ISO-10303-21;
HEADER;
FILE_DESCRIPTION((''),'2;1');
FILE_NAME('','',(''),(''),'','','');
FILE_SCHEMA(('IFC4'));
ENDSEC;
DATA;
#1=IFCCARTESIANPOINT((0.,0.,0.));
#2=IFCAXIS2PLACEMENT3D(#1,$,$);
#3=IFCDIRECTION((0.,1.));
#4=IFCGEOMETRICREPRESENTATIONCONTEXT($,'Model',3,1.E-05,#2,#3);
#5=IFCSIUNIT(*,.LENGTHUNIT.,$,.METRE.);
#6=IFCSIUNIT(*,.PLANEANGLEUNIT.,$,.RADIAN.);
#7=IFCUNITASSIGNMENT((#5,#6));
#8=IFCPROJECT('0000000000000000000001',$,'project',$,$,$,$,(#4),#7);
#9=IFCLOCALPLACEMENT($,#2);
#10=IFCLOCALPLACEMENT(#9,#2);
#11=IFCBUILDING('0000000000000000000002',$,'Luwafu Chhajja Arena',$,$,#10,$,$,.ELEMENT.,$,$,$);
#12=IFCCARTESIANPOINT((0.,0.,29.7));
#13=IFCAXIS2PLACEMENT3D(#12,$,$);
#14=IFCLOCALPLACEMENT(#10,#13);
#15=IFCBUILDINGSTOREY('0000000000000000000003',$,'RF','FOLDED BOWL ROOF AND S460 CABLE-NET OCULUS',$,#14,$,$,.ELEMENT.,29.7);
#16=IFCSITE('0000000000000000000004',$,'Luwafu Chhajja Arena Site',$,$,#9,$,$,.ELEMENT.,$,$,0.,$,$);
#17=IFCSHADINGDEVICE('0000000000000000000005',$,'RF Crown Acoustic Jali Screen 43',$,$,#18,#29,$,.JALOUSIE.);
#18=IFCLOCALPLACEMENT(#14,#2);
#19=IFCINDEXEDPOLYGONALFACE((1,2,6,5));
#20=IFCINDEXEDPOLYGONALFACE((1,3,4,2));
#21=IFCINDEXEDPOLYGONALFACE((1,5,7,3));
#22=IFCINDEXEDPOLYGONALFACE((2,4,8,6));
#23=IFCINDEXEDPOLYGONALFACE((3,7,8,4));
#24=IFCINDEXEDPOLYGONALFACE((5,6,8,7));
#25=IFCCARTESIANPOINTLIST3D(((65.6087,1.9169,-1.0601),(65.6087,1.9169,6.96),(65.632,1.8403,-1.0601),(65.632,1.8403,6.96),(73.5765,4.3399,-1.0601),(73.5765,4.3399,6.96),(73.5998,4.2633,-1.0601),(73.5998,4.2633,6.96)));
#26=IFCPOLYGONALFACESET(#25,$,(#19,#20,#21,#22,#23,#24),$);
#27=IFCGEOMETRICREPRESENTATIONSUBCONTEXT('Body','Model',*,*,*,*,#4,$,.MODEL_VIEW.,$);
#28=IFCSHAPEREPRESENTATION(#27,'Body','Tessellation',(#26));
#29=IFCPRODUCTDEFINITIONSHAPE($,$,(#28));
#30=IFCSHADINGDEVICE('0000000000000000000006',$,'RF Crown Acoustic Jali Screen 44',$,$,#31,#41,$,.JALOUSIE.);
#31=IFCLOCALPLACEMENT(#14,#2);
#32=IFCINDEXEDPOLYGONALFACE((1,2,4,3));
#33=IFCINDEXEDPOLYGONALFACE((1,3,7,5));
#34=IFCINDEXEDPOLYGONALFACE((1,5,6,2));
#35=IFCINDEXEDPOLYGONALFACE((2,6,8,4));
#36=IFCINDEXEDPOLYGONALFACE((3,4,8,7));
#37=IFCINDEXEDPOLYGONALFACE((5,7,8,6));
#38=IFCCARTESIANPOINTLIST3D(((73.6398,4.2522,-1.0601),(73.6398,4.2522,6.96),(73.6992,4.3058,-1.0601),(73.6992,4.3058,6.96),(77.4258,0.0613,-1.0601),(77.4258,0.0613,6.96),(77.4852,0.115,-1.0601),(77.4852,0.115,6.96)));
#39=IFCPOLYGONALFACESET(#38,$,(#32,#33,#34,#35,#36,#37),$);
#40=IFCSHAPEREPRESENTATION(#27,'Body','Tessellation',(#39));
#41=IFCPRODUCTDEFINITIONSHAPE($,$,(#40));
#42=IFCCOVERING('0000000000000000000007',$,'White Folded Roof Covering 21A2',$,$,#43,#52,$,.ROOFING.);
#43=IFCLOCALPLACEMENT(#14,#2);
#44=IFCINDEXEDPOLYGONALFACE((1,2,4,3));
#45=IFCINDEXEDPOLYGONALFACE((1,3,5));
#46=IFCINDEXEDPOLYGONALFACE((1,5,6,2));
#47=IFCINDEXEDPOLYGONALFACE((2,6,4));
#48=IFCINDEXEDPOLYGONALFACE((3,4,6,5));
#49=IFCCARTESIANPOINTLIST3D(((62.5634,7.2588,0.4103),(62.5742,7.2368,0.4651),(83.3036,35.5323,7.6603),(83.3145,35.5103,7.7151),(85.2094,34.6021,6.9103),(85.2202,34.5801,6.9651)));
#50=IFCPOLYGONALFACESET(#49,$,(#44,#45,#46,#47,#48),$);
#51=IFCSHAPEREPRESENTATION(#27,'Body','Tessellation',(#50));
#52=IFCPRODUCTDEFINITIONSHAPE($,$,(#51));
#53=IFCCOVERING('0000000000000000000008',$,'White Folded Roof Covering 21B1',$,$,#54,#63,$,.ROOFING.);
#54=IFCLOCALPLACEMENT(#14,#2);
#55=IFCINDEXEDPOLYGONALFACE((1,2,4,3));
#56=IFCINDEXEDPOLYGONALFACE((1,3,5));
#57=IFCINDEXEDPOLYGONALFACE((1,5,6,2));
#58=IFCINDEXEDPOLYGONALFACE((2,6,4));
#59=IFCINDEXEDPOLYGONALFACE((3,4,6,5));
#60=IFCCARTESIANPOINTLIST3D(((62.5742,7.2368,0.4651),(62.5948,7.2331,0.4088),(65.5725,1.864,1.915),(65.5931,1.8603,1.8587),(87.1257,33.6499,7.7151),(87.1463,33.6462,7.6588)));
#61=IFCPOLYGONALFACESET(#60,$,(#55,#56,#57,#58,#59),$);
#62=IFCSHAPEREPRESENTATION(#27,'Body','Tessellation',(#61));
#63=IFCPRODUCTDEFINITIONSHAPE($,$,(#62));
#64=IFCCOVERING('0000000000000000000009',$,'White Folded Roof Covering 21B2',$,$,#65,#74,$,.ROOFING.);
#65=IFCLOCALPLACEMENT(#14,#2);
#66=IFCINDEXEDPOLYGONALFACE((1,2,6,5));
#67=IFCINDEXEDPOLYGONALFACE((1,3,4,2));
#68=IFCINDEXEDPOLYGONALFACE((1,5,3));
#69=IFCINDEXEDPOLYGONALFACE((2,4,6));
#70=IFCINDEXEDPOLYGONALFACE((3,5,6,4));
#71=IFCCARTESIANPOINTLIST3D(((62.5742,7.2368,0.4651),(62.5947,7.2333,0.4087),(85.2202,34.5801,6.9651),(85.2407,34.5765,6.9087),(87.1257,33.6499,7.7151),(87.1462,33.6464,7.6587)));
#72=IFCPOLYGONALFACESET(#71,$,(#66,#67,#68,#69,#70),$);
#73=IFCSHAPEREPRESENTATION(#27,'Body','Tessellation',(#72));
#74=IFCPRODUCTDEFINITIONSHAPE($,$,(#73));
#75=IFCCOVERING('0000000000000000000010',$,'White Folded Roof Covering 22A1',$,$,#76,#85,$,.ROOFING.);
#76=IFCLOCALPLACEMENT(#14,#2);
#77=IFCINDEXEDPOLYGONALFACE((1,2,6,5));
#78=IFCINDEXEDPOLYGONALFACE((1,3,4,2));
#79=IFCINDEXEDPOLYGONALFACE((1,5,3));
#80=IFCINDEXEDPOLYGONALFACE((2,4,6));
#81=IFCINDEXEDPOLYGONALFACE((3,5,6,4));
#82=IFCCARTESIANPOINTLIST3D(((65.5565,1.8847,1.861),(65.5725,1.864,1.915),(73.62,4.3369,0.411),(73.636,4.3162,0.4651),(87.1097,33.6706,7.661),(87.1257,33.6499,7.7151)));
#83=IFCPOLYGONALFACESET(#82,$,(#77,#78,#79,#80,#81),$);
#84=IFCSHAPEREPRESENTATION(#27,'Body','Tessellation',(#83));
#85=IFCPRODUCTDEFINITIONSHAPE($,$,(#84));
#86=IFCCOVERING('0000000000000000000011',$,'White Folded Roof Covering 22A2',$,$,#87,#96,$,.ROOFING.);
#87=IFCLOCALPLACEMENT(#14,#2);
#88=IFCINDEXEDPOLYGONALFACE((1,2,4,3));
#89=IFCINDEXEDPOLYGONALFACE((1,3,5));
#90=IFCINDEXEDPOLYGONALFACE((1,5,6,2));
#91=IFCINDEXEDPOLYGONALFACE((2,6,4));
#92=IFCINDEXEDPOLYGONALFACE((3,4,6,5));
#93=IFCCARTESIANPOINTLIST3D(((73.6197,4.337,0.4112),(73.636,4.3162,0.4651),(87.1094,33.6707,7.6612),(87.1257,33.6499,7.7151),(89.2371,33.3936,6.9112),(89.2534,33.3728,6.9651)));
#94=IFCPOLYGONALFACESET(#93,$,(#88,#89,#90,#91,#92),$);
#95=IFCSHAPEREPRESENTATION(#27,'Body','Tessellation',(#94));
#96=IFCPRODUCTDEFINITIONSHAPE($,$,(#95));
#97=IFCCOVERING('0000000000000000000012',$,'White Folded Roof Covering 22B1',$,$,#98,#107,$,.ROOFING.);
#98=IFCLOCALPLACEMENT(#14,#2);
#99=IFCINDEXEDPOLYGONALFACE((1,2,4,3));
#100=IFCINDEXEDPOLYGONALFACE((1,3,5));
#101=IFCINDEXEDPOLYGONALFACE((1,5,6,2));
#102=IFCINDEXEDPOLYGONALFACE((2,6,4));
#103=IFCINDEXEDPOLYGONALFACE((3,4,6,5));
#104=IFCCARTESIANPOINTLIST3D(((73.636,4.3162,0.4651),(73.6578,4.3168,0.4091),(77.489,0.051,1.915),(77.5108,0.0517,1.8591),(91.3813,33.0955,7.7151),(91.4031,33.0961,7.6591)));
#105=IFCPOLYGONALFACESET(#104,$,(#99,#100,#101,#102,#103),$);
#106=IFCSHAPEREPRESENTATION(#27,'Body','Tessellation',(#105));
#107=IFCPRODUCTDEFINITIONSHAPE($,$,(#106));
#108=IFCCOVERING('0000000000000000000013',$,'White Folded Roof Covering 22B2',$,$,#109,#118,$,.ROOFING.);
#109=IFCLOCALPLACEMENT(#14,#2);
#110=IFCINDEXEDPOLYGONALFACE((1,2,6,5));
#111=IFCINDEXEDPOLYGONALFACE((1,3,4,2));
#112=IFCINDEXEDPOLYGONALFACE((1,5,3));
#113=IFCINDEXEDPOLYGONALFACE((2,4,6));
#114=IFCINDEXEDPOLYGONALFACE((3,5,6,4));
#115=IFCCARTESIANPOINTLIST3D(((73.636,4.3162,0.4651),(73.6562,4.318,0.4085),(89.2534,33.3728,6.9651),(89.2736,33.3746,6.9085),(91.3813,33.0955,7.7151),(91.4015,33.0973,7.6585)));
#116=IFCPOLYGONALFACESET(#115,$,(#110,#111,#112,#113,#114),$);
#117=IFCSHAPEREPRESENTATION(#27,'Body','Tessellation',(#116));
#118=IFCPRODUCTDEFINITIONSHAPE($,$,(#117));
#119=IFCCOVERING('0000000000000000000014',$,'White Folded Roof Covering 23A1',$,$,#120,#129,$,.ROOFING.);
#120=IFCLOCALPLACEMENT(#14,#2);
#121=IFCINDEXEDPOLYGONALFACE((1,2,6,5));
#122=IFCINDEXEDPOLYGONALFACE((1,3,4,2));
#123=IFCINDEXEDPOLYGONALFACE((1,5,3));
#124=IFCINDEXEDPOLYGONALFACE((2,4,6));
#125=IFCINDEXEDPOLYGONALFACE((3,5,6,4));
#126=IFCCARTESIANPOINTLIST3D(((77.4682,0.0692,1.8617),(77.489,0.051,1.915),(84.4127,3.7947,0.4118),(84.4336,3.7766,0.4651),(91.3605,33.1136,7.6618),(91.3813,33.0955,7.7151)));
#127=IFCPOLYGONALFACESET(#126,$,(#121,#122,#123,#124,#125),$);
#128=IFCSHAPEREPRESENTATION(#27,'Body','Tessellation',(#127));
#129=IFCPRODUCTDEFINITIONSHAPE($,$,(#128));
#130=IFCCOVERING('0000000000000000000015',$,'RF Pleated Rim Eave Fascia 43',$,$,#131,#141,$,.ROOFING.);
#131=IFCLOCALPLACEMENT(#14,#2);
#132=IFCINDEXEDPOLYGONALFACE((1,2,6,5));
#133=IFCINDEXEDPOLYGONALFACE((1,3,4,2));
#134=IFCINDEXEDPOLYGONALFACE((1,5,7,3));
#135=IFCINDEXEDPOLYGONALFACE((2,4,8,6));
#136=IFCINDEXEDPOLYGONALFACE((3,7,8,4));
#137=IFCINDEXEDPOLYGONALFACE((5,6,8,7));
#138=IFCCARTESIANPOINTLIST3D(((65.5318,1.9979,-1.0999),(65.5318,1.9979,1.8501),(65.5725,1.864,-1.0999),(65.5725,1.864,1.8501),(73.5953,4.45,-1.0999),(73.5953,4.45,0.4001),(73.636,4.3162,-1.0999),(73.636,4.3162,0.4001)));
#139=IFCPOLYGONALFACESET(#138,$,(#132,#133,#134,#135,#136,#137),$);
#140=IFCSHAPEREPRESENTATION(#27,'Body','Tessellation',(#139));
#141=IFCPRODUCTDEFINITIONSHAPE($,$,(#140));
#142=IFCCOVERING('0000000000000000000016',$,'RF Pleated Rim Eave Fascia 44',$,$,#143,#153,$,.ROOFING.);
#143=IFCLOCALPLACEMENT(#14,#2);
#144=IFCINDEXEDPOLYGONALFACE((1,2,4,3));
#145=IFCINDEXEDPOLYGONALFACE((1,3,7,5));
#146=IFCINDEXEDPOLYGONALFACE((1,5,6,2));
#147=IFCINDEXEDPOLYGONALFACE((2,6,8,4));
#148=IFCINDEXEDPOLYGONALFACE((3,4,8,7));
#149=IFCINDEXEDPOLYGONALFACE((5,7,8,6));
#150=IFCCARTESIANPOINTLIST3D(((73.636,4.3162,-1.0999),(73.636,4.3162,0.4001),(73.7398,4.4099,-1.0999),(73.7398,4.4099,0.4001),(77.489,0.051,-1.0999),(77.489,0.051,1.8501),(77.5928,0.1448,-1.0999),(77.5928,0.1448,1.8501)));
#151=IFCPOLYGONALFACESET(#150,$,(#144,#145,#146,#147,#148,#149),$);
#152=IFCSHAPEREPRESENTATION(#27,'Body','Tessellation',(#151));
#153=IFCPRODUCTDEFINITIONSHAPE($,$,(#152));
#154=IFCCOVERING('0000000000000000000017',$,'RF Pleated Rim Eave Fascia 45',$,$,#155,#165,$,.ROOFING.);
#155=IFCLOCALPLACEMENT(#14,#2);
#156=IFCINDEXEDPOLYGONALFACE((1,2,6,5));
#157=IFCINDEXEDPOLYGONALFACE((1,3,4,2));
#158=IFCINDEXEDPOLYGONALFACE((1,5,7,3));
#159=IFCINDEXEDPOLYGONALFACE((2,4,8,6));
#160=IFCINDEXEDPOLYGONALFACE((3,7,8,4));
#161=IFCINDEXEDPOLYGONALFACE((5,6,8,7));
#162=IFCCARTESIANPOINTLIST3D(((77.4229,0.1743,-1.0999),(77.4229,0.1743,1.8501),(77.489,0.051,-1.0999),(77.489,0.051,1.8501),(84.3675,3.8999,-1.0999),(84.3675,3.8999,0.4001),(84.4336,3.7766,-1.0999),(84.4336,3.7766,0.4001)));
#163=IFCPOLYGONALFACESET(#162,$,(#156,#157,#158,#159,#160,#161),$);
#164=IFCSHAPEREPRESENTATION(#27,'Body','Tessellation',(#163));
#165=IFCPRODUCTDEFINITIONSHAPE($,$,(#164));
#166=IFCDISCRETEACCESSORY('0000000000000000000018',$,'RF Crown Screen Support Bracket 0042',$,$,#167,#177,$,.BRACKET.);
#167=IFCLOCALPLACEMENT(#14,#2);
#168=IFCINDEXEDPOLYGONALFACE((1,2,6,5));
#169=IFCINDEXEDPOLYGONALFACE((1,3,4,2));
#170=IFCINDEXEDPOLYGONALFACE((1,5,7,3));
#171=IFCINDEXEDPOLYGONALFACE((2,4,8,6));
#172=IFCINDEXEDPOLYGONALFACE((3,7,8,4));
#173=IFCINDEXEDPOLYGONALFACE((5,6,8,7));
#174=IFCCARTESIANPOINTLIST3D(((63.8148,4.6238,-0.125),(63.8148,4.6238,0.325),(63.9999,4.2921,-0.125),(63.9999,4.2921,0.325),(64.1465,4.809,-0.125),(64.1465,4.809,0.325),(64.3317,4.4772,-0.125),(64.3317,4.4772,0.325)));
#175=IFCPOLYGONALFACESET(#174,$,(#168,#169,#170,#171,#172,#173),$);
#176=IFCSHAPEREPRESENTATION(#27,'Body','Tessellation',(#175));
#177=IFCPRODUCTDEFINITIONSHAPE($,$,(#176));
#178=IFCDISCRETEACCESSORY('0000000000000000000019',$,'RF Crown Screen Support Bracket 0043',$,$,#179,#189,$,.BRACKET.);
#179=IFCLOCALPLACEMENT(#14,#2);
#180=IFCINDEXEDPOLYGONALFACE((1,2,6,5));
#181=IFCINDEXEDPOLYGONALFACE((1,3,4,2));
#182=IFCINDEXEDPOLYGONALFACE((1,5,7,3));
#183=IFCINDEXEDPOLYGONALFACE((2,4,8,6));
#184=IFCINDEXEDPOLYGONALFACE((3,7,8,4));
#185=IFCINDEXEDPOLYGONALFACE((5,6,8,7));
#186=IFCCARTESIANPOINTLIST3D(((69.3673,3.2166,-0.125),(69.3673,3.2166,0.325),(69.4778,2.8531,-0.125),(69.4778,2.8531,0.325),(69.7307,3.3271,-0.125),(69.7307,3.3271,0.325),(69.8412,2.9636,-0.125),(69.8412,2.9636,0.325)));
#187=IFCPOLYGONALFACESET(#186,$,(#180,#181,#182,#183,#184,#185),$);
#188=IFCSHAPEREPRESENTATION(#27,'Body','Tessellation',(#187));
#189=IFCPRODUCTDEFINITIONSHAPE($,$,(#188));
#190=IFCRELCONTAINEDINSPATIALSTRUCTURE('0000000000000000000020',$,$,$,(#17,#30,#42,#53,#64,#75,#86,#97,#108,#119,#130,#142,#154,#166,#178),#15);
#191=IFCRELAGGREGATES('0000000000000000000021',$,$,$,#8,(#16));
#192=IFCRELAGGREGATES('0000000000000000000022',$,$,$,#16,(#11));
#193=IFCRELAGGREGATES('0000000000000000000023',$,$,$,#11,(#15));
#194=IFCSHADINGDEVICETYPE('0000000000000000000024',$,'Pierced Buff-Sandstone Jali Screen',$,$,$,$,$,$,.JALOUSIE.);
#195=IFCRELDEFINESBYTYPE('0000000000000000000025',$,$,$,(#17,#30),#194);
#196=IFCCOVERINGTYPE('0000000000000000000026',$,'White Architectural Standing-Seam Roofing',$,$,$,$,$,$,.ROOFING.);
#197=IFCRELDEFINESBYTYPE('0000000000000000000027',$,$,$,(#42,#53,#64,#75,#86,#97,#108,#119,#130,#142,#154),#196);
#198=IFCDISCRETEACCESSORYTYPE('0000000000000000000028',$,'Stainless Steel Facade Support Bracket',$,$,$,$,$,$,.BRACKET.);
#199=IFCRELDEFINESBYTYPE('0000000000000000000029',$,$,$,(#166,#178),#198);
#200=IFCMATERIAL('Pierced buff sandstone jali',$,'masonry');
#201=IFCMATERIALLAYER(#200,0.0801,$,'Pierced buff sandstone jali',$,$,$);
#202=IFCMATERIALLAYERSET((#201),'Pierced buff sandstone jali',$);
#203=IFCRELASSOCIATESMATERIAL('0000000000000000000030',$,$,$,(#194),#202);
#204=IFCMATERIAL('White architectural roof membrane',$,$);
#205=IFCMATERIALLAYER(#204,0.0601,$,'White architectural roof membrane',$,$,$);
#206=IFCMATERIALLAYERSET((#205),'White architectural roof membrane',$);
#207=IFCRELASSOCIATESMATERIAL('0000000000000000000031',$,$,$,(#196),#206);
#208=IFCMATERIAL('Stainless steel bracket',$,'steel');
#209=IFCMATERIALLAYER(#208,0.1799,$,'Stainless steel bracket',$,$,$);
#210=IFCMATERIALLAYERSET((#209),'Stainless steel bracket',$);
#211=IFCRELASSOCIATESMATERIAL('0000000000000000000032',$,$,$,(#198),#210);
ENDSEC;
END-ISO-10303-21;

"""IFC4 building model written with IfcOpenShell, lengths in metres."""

from ifc_helpers import new_model, si_unit, direction, frame, origin, origin_2d, place, context, subcontext, project, spatial, polyline, rectangle, outline, extrude, material, layer, layer_set, type_object, element, save


model = new_model("IFC4")

# Units and contexts
model_context = context("Model", 3, precision=1e-05, world=origin(), true_north=direction((0.0, 1.0)))
body_context = subcontext(model_context, "Body", "Model", "MODEL_VIEW")
ifc_project = project(units=[si_unit("LENGTHUNIT", "METRE"), si_unit("PLANEANGLEUNIT", "RADIAN")], contexts=[model_context])

# Site, building, storey
site_placement = place(None, origin())
site = spatial("IfcSite", under=ifc_project, at=site_placement, Name="Luwafu Chhajja Arena Site", CompositionType="ELEMENT", RefElevation=0.0)
building_placement = place(site_placement, origin())
building = spatial("IfcBuilding", under=site, at=building_placement, Name="Luwafu Chhajja Arena", CompositionType="ELEMENT")
storey_placement = place(building_placement, frame((0.0, 0.0, 29.7)))
storey = spatial("IfcBuildingStorey", under=building, at=storey_placement, Name="RF", Description="FOLDED BOWL ROOF AND S460 CABLE-NET OCULUS", CompositionType="ELEMENT", Elevation=29.7)

# Shading devices
ifc_material_1 = material(Name="Pierced buff sandstone jali", Category="masonry")
ifc_layer_1 = layer(ifc_material_1, 0.0801, Name="Pierced buff sandstone jali")
ifc_layer_set_1 = layer_set([ifc_layer_1], Name="Pierced buff sandstone jali")
shading_device_type = type_object("IfcShadingDeviceType", Name="Pierced Buff-Sandstone Jali Screen", PredefinedType="JALOUSIE", material=ifc_layer_set_1)
shading_device_1_placement = place(storey_placement, frame((69.6042, 3.0901, -1.0601), z_axis=(0.0, 0.0, 1.0), x_axis=(0.95674, 0.290943, 0.0)))
element("IfcShadingDevice", 1, at=shading_device_1_placement, inside=storey, type_object=shading_device_type, Name="RF Crown Acoustic Jali Screen 43", PredefinedType="JALOUSIE", context=body_context, shape_type="SweptSolid", body=[
    extrude(rectangle(XDim=8.3281, YDim=0.0801, at=origin_2d()), origin(), (0.0, 0.0, 1.0), 8.02),
])
shading_device_2_placement = place(storey_placement, frame((75.5625, 2.1836, -1.0601), z_axis=(0.0, 0.0, 1.0), x_axis=(0.670358, -0.742038, 0.0)))
element("IfcShadingDevice", 2, at=shading_device_2_placement, inside=storey, type_object=shading_device_type, Name="RF Crown Acoustic Jali Screen 44", PredefinedType="JALOUSIE", context=body_context, shape_type="SweptSolid", body=[
    extrude(rectangle(XDim=5.6477, YDim=0.0801, at=origin_2d()), origin(), (0.0, 0.0, 1.0), 8.02),
])

# Coverings
ifc_material_2 = material(Name="White architectural roof membrane")
ifc_layer_2 = layer(ifc_material_2, 0.0601, Name="White architectural roof membrane")
ifc_layer_set_2 = layer_set([ifc_layer_2], Name="White architectural roof membrane")
covering_type = type_object("IfcCoveringType", Name="White Architectural Standing-Seam Roofing", PredefinedType="ROOFING", material=ifc_layer_set_2)
covering_1_placement = place(storey_placement, frame((62.5742, 7.2368, 0.4651), z_axis=(0.180395, -0.366396, 0.912804), x_axis=(0.627425, 0.757566, 0.180088)))
element("IfcCovering", 3, at=covering_1_placement, inside=storey, type_object=covering_type, Name="White Folded Roof Covering 21A2", PredefinedType="ROOFING", context=body_context, shape_type="SweptSolid", body=[
    extrude(outline(polyline([(0.0, 0.0), (36.0936, 0.0), (35.7376, 2.221), (0.0, 0.0)])), origin(), (0.0, 0.0, -1.0), 0.0601),
])
covering_2_placement = place(storey_placement, frame((62.5742, 7.2368, 0.4651), z_axis=(-0.342997, 0.061543, 0.937318), x_axis=(0.474314, -0.849949, 0.229375)))
element("IfcCovering", 4, at=covering_2_placement, inside=storey, type_object=covering_type, Name="White Folded Roof Covering 21B1", PredefinedType="ROOFING", context=body_context, shape_type="SweptSolid", body=[
    extrude(outline(polyline([(0.0, 0.0), (6.3213, 0.0), (-9.1417, 35.6289), (0.0, 0.0)])), origin(), (0.0, 0.0, -1.0), 0.0601),
])
covering_3_placement = place(storey_placement, frame((62.5742, 7.2368, 0.4651), z_axis=(-0.340549, 0.058977, 0.938375), x_axis=(0.667469, 0.718078, 0.197102)))
element("IfcCovering", 5, at=covering_3_placement, inside=storey, type_object=covering_type, Name="White Folded Roof Covering 21B2", PredefinedType="ROOFING", context=body_context, shape_type="SweptSolid", body=[
    extrude(outline(polyline([(0.0, 0.0), (36.783, 0.0), (36.0313, 2.1198), (0.0, 0.0)])), origin(), (0.0, 0.0, -1.0), 0.0601),
])
covering_4_placement = place(storey_placement, frame((65.5725, 1.864, 1.915), z_axis=(0.266752, -0.345079, 0.899869), x_axis=(0.942887, 0.286737, -0.169547)))
element("IfcCovering", 6, at=covering_4_placement, inside=storey, type_object=covering_type, Name="White Folded Roof Covering 22A1", PredefinedType="ROOFING", context=body_context, shape_type="SweptSolid", body=[
    extrude(outline(polyline([(0.0, 0.0), (8.5519, 0.0), (28.4531, 26.4376), (0.0, 0.0)])), origin(), (0.0, 0.0, -1.0), 0.0601),
])
covering_5_placement = place(storey_placement, frame((73.636, 4.3162, 0.4651), z_axis=(0.271344, -0.346697, 0.897872), x_axis=(0.4645, 0.864214, 0.193325)))
element("IfcCovering", 7, at=covering_5_placement, inside=storey, type_object=covering_type, Name="White Folded Roof Covering 22A2", PredefinedType="ROOFING", context=body_context, shape_type="SweptSolid", body=[
    extrude(outline(polyline([(0.0, 0.0), (33.6221, 0.0), (33.0182, 2.1913), (0.0, 0.0)])), origin(), (0.0, 0.0, -1.0), 0.0601),
])
covering_6_placement = place(storey_placement, frame((73.636, 4.3162, 0.4651), z_axis=(-0.362833, -0.01101, 0.931789), x_axis=(0.649986, -0.719507, 0.244599)))
element("IfcCovering", 8, at=covering_6_placement, inside=storey, type_object=covering_type, Name="White Folded Roof Covering 22B1", PredefinedType="ROOFING", context=body_context, shape_type="SweptSolid", body=[
    extrude(outline(polyline([(0.0, 0.0), (5.9279, 0.0), (-7.3993, 33.7781), (0.0, 0.0)])), origin(), (0.0, 0.0, -1.0), 0.0601),
])
covering_7_placement = place(storey_placement, frame((73.636, 4.3162, 0.4651), z_axis=(-0.335754, -0.030145, 0.941467), x_axis=(0.513183, 0.832276, 0.209665)))
element("IfcCovering", 9, at=covering_7_placement, inside=storey, type_object=covering_type, Name="White Folded Roof Covering 22B2", PredefinedType="ROOFING", context=body_context, shape_type="SweptSolid", body=[
    extrude(outline(polyline([(0.0, 0.0), (34.579, 0.0), (33.5606, 2.0323), (0.0, 0.0)])), origin(), (0.0, 0.0, -1.0), 0.0601),
])
covering_8_placement = place(storey_placement, frame((77.489, 0.051, 1.915), z_axis=(0.347306, -0.301849, 0.887843), x_axis=(0.866655, 0.464938, -0.180948)))
element("IfcCovering", 10, at=covering_8_placement, inside=storey, type_object=covering_type, Name="White Folded Roof Covering 23A1", PredefinedType="ROOFING", context=body_context, shape_type="SweptSolid", body=[
    extrude(outline(polyline([(0.0, 0.0), (8.0131, 0.0), (26.354, 24.9808), (0.0, 0.0)])), origin(), (0.0, 0.0, -1.0), 0.0601),
])
covering_9_placement = place(storey_placement, frame((65.5725, 1.864, -1.0999), z_axis=(0.29095, -0.956738, 0.0), x_axis=(0.956738, 0.29095, 0.0)))
element("IfcCovering", 11, at=covering_9_placement, inside=storey, type_object=covering_type, Name="RF Pleated Rim Eave Fascia 43", PredefinedType="ROOFING", context=body_context, shape_type="SweptSolid", body=[
    extrude(outline(polyline([(0.0, 0.0), (8.4281, 0.0), (8.4281, 1.5), (0.0, 2.95), (0.0, 0.0)])), origin(), (0.0, 0.0, -1.0), 0.1399),
])
covering_10_placement = place(storey_placement, frame((73.636, 4.3162, -1.0999), z_axis=(-0.742047, -0.670348, 0.0), x_axis=(0.670348, -0.742047, 0.0)))
element("IfcCovering", 12, at=covering_10_placement, inside=storey, type_object=covering_type, Name="RF Pleated Rim Eave Fascia 44", PredefinedType="ROOFING", context=body_context, shape_type="SweptSolid", body=[
    extrude(outline(polyline([(0.0, 0.0), (5.7478, 0.0), (5.7478, 2.95), (0.0, 1.5), (0.0, 0.0)])), origin(), (0.0, 0.0, -1.0), 0.1399),
])
covering_11_placement = place(storey_placement, frame((77.489, 0.051, -1.0999), z_axis=(0.472741, -0.881201, 0.0), x_axis=(0.881201, 0.472741, 0.0)))
element("IfcCovering", 13, at=covering_11_placement, inside=storey, type_object=covering_type, Name="RF Pleated Rim Eave Fascia 45", PredefinedType="ROOFING", context=body_context, shape_type="SweptSolid", body=[
    extrude(outline(polyline([(0.0, 0.0), (7.8808, 0.0), (7.8808, 1.5), (0.0, 2.95), (0.0, 0.0)])), origin(), (0.0, 0.0, -1.0), 0.1399),
])

# Discrete accessories
ifc_material_3 = material(Name="Stainless steel bracket", Category="steel")
ifc_layer_3 = layer(ifc_material_3, 0.1799, Name="Stainless steel bracket")
ifc_layer_set_3 = layer_set([ifc_layer_3], Name="Stainless steel bracket")
discrete_accessory_type = type_object("IfcDiscreteAccessoryType", Name="Stainless Steel Facade Support Bracket", PredefinedType="BRACKET", material=ifc_layer_set_3)
for number, where, z_axis, x_axis, name in (
    (14, (64.0732, 4.5505, -0.125), (0.0, 0.0, 1.0), (0.487313, -0.873227, 0.0), "RF Crown Screen Support Bracket 0042"),
    (15, (69.6042, 3.0901, -0.125), (0.0, 0.0, 1.0), (0.95674, 0.290943, 0.0), "RF Crown Screen Support Bracket 0043"),
):
    element("IfcDiscreteAccessory", number, at=place(storey_placement, frame(where, z_axis=z_axis, x_axis=x_axis)), inside=storey, type_object=discrete_accessory_type, Name=name, PredefinedType="BRACKET", context=body_context, shape_type="SweptSolid", body=[
        extrude(rectangle(XDim=0.3799, YDim=0.3799, at=origin_2d()), origin(), (0.0, 0.0, 1.0), 0.45),
    ])

save(model, "model.ifc")
